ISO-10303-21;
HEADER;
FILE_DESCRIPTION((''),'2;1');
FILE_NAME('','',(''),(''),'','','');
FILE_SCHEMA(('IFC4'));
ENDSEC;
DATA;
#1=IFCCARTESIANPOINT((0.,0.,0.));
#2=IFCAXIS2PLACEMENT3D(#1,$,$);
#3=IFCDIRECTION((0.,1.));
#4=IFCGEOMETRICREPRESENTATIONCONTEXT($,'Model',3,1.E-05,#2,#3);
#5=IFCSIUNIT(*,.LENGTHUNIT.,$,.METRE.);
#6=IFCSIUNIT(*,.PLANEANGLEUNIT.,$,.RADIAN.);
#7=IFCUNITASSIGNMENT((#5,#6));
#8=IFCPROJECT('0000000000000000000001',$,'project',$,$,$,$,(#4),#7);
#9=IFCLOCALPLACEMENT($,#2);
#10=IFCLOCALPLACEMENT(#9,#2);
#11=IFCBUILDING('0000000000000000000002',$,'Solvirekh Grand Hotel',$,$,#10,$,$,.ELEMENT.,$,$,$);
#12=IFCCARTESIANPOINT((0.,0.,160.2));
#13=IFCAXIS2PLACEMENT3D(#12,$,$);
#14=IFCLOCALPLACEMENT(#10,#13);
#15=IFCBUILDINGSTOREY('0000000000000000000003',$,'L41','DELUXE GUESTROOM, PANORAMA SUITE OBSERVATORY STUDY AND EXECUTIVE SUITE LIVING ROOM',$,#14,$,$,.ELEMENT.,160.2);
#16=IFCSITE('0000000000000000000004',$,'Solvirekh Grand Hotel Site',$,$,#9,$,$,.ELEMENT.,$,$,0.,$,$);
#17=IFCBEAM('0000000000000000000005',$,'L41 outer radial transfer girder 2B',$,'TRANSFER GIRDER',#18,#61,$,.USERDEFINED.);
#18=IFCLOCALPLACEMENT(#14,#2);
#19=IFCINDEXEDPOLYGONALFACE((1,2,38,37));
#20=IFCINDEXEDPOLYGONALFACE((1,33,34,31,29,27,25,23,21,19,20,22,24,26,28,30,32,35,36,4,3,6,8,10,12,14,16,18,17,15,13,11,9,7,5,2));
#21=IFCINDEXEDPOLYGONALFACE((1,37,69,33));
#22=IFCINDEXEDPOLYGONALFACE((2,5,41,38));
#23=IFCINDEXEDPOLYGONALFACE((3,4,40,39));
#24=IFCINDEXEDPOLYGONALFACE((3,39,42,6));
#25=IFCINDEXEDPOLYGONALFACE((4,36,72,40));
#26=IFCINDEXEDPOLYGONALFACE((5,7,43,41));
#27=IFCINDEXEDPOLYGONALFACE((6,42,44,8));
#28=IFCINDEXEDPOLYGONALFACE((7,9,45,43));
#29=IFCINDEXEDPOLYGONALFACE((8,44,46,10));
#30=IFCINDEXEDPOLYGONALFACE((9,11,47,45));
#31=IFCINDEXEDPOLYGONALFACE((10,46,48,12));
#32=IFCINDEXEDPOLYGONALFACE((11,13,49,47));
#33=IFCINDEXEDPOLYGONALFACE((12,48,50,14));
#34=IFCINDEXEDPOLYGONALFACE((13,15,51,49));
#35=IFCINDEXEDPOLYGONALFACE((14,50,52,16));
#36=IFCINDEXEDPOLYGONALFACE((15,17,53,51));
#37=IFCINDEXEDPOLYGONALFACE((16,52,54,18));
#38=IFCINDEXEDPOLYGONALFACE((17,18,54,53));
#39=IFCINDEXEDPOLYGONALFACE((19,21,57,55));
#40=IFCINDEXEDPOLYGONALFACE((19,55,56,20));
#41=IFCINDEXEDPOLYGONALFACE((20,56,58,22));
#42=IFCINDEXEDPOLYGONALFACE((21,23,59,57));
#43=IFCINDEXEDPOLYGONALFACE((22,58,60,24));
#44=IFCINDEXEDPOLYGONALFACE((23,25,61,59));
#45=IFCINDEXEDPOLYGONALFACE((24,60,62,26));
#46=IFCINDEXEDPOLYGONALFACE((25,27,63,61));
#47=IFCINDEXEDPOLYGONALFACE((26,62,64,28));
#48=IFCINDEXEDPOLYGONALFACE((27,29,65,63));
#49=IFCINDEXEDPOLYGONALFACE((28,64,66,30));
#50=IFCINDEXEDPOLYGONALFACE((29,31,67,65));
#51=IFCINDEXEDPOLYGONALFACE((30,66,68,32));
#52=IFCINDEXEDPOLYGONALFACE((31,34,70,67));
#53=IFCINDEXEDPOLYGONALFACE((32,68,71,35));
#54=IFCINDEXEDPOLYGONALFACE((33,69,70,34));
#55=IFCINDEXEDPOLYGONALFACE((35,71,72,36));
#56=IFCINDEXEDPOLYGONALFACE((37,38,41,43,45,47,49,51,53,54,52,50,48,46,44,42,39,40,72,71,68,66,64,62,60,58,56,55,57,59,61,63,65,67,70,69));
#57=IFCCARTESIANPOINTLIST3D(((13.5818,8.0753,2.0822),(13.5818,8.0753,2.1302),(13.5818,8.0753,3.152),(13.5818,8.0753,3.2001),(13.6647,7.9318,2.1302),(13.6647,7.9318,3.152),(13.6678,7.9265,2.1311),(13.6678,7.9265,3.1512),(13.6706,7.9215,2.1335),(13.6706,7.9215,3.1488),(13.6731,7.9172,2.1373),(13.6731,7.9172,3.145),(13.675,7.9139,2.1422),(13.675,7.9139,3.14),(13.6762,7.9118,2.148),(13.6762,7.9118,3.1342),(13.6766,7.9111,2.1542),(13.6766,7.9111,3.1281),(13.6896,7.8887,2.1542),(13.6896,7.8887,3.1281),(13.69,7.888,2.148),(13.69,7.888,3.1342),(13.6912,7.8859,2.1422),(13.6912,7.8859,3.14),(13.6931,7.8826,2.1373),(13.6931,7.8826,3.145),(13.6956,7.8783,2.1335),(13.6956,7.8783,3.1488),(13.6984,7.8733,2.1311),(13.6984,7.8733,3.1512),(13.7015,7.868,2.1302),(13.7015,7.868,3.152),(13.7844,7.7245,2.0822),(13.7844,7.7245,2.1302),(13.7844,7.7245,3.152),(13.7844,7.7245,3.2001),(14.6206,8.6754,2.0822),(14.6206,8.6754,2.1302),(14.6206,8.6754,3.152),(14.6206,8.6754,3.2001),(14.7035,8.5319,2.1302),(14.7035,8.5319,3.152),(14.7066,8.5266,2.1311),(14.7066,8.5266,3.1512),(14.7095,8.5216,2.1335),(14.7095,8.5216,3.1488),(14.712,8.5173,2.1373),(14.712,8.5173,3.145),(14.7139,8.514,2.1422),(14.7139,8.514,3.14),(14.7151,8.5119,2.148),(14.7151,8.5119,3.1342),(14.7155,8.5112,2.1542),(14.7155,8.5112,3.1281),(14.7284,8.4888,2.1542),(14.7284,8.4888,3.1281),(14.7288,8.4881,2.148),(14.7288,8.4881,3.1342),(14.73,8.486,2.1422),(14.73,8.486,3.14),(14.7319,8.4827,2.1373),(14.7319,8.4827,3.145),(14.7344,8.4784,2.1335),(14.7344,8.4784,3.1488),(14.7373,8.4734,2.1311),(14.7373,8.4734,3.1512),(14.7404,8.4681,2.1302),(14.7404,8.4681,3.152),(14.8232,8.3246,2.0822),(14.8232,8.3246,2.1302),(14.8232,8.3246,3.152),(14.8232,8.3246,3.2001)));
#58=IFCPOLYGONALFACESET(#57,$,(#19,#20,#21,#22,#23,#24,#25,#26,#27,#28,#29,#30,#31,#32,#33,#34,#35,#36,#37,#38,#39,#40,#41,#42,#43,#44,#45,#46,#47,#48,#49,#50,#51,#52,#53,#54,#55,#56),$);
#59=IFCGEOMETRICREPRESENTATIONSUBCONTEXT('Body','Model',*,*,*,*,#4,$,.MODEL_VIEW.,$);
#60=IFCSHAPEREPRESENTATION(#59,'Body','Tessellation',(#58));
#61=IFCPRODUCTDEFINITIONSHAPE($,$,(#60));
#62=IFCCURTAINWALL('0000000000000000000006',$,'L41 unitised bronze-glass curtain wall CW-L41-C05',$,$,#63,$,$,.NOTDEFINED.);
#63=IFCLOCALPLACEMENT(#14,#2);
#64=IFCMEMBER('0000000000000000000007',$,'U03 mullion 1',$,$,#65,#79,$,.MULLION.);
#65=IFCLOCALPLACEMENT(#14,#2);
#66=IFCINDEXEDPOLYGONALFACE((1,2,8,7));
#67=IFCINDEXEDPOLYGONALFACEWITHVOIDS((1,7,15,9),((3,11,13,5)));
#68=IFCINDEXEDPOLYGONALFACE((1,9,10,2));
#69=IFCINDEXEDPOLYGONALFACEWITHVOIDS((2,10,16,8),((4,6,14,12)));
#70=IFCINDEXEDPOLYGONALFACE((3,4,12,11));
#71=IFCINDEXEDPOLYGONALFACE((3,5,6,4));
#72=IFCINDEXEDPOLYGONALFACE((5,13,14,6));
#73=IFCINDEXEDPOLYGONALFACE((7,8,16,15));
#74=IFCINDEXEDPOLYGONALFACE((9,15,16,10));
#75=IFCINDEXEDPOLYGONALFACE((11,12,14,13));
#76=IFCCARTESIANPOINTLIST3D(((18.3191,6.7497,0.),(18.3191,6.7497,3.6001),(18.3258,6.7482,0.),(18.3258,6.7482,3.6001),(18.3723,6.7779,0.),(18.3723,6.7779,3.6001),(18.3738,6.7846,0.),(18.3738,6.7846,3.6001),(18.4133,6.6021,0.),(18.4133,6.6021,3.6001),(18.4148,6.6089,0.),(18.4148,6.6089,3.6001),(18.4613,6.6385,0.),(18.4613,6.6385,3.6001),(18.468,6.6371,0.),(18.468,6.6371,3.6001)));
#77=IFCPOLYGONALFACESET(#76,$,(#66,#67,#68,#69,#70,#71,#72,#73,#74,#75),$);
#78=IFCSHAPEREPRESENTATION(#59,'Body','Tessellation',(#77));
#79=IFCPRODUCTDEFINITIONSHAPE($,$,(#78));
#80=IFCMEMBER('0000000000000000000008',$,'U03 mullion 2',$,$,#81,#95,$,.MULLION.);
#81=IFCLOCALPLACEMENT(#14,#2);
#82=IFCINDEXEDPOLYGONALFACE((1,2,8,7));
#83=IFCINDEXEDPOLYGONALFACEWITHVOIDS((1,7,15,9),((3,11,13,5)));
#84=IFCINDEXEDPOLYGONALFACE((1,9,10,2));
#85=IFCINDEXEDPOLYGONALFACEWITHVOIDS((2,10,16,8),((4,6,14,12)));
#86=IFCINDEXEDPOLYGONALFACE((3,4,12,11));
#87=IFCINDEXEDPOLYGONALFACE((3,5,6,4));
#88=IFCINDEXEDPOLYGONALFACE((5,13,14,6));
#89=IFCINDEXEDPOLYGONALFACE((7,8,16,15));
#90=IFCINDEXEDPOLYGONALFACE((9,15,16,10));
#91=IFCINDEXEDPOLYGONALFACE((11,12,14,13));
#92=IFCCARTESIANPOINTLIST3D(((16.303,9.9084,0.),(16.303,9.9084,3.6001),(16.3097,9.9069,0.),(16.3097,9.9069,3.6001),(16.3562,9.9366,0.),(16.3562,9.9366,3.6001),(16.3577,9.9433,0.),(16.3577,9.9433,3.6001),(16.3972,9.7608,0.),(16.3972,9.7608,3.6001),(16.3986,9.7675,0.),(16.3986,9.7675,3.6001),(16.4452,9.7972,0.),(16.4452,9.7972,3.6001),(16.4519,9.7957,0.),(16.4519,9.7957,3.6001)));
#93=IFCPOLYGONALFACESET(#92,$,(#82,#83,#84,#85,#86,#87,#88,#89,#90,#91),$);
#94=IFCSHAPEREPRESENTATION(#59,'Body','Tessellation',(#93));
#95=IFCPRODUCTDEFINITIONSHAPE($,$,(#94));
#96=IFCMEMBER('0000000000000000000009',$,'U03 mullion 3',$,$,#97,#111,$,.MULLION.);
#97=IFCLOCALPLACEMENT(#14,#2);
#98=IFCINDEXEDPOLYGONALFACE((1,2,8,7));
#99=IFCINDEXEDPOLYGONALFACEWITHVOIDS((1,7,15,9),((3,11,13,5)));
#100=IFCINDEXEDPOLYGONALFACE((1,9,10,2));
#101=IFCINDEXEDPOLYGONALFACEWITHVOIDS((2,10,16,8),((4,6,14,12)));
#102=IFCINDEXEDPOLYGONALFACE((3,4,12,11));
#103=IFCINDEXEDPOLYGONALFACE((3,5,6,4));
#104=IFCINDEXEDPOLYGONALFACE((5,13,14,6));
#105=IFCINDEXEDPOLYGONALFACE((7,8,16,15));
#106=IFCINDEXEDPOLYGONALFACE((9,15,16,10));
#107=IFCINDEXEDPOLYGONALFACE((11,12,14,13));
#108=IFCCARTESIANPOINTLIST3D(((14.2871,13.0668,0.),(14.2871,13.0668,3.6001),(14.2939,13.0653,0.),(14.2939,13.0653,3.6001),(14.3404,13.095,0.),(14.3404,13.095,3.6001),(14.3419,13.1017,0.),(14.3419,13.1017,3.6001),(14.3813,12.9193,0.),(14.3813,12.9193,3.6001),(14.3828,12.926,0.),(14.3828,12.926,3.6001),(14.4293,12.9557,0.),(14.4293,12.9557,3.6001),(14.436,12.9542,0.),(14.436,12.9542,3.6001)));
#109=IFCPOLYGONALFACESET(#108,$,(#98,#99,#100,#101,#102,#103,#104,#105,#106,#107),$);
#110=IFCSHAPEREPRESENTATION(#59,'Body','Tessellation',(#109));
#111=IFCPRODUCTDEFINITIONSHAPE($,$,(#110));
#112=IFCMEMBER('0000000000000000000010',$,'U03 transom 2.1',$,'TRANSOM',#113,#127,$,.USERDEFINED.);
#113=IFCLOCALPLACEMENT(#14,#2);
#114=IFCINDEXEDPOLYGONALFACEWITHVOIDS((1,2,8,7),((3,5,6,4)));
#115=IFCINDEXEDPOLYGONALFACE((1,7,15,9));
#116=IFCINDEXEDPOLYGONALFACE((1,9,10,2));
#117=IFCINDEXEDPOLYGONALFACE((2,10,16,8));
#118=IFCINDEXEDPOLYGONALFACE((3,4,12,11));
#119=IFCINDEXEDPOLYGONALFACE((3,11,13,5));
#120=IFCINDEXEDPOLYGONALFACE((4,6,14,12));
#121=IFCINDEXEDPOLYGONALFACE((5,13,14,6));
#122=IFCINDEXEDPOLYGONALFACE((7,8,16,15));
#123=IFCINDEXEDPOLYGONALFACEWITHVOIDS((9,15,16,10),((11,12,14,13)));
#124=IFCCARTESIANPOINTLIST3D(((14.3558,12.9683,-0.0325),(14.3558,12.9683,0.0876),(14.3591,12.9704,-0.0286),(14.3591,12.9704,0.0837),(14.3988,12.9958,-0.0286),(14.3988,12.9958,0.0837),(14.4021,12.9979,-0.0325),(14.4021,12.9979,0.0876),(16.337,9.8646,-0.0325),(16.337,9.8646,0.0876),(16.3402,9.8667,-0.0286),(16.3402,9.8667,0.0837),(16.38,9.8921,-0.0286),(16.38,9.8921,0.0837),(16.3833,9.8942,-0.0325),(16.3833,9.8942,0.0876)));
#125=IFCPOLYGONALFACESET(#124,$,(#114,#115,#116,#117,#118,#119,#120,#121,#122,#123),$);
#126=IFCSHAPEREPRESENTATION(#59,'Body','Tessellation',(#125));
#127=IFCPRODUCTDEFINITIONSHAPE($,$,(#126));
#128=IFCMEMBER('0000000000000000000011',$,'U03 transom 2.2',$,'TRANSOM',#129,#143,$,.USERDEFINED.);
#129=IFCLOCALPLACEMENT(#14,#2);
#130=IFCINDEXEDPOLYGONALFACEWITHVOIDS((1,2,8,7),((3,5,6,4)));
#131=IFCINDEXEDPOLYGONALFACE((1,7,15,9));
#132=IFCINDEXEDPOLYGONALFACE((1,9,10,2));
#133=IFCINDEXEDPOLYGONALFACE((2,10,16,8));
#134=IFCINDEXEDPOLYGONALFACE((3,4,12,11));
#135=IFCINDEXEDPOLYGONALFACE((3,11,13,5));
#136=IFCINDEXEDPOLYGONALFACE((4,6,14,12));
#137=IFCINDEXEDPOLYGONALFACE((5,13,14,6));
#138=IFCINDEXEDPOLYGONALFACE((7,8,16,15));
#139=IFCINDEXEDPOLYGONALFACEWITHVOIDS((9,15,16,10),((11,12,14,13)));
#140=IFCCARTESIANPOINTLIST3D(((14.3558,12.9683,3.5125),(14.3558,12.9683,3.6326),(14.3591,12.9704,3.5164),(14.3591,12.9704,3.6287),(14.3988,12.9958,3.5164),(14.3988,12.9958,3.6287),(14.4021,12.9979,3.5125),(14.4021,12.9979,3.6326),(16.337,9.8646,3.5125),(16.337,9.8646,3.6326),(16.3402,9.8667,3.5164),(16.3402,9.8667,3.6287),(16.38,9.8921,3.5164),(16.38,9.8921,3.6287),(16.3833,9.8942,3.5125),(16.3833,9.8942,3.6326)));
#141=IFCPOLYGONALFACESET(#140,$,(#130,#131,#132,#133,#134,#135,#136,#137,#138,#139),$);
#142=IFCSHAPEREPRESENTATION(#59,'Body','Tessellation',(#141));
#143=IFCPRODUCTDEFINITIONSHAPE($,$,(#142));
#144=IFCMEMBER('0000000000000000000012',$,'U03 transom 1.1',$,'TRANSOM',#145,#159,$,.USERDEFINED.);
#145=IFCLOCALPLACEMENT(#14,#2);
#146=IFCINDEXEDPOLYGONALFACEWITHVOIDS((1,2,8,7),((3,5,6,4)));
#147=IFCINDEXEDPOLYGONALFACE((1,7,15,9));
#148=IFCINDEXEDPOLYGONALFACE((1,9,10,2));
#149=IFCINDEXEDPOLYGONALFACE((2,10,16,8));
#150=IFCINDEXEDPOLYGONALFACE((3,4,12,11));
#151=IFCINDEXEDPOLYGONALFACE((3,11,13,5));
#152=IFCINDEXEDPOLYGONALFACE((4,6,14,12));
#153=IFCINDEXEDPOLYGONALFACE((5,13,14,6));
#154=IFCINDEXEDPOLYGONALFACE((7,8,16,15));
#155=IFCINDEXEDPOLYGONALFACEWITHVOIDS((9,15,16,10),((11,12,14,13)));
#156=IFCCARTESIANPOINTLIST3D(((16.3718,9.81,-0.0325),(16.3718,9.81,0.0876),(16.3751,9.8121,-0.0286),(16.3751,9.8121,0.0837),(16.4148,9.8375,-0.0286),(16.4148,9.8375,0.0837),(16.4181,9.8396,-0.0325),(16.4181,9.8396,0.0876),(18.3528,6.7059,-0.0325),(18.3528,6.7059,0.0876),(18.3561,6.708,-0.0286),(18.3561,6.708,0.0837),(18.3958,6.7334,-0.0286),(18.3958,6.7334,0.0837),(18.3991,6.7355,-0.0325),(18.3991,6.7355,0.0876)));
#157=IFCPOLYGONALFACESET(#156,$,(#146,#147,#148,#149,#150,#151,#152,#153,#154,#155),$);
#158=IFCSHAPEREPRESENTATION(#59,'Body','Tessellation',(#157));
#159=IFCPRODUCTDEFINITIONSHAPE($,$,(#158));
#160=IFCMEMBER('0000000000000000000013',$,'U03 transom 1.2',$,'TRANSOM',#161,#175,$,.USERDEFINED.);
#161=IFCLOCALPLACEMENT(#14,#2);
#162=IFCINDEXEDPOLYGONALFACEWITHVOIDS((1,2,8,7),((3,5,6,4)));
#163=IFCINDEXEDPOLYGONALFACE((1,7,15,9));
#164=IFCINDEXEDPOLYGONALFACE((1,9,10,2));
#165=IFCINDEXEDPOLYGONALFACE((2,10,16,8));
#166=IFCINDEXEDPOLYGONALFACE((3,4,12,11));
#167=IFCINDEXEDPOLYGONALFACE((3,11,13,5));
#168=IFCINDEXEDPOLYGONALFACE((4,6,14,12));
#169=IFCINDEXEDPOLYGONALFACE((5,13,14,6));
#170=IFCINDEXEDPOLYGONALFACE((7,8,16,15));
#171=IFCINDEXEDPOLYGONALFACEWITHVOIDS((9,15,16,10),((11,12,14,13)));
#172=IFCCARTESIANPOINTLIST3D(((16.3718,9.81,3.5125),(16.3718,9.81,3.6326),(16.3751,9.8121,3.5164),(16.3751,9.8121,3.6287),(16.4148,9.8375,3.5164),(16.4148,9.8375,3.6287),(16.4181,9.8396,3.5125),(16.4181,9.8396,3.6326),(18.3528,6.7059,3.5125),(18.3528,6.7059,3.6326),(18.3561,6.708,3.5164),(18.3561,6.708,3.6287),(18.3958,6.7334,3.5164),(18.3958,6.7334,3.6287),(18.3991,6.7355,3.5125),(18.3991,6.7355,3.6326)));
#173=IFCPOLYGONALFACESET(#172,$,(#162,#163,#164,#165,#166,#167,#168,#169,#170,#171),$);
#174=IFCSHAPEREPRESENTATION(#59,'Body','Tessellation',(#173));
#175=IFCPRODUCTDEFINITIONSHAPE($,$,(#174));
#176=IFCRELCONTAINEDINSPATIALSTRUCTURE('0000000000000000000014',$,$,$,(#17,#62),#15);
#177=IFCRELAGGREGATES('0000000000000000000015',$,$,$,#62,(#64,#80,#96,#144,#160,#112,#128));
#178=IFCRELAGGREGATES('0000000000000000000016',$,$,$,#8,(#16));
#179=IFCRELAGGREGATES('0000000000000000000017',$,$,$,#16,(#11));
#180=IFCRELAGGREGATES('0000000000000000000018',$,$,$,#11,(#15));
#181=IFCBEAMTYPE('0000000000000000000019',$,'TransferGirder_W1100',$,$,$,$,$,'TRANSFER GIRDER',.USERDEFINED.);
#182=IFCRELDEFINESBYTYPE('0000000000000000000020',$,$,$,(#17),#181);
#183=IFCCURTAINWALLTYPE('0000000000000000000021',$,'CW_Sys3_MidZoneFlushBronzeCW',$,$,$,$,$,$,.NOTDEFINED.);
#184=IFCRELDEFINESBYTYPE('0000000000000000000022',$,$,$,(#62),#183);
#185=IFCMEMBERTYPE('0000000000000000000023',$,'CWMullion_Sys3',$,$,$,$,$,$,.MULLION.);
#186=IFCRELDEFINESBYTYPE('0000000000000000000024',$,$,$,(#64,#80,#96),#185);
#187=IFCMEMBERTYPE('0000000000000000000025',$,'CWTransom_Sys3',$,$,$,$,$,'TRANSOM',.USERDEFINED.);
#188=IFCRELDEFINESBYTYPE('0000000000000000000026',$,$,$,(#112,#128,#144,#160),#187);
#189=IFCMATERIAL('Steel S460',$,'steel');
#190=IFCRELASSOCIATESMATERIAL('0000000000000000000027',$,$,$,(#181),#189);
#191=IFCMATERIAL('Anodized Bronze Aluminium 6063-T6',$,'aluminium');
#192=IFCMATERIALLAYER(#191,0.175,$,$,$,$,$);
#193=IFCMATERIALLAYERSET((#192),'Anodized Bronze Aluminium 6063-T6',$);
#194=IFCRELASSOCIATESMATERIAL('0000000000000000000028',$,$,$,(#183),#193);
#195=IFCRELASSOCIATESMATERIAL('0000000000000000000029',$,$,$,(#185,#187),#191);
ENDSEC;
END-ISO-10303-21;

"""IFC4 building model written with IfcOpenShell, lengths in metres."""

from ifc_helpers import new_model, si_unit, direction, frame, origin, origin_2d, place, context, subcontext, project, spatial, hollow_rectangle, i_section, extrude, source, transform, mapped, material, layer, layer_set, material_profile, profile_set, type_object, element, aggregate, save


model = new_model("IFC4")

# Units and contexts
model_context = context("Model", 3, precision=1e-05, world=origin(), true_north=direction((0.0, 1.0)))
body_context = subcontext(model_context, "Body", "Model", "MODEL_VIEW")
ifc_project = project(units=[si_unit("LENGTHUNIT", "METRE"), si_unit("PLANEANGLEUNIT", "RADIAN")], contexts=[model_context])

# Site, building, storey
site_placement = place(None, origin())
site = spatial("IfcSite", under=ifc_project, at=site_placement, Name="Solvirekh Grand Hotel Site", CompositionType="ELEMENT", RefElevation=0.0)
building_placement = place(site_placement, origin())
building = spatial("IfcBuilding", under=site, at=building_placement, Name="Solvirekh Grand Hotel", CompositionType="ELEMENT")
storey_placement = place(building_placement, frame((0.0, 0.0, 160.2)))
storey = spatial("IfcBuildingStorey", under=building, at=storey_placement, Name="L41", Description="DELUXE GUESTROOM, PANORAMA SUITE OBSERVATORY STUDY AND EXECUTIVE SUITE LIVING ROOM", CompositionType="ELEMENT", Elevation=160.2)

# Beam
ifc_material_1 = material(Name="Steel S460", Category="steel")
ifc_material_profile_1 = material_profile(ifc_material_1, i_section(OverallWidth=0.405, OverallDepth=1.1179, WebThickness=0.0259, FlangeThickness=0.0481, FilletRadius=0.0239, at=origin_2d()), Name="W1100X499")
ifc_profile_set_1 = profile_set([ifc_material_profile_1], Name="Steel S460")
beam_type_1 = type_object("IfcBeamType", Name="TransferGirder_W1100", ElementType="TRANSFER GIRDER", PredefinedType="USERDEFINED", material=ifc_profile_set_1)
beam_1_placement = place(storey_placement, frame((13.6831, 7.8999, 2.6411), z_axis=(0.865904, 0.50021, 0.0), x_axis=(-0.50021, 0.865904, 0.0)))
element("IfcBeam", 1, at=beam_1_placement, inside=storey, type_object=beam_type_1, Name="L41 outer radial transfer girder 2B", ObjectType="TRANSFER GIRDER", PredefinedType="USERDEFINED", context=body_context, shape_type="SweptSolid", body=[
    extrude(i_section(OverallWidth=0.405, OverallDepth=1.1179, WebThickness=0.0259, FlangeThickness=0.0481, FilletRadius=0.0239, at=origin_2d()), origin(), (0.0, 0.0, 1.0), 1.1997),
])

# Curtain wall, members
ifc_material_2 = material(Name="Anodized Bronze Aluminium 6063-T6", Category="aluminium")
ifc_layer_1 = layer(ifc_material_2, 0.175)
ifc_layer_set_1 = layer_set([ifc_layer_1], Name="Anodized Bronze Aluminium 6063-T6")
curtain_wall_type = type_object("IfcCurtainWallType", Name="CW_Sys3_MidZoneFlushBronzeCW", PredefinedType="NOTDEFINED", material=ifc_layer_set_1)
curtain_wall_placement = place(storey_placement, origin())
curtain_wall = element("IfcCurtainWall", 2, at=curtain_wall_placement, inside=storey, type_object=curtain_wall_type, Name="L41 unitised bronze-glass curtain wall CW-L41-C05", PredefinedType="NOTDEFINED")
ifc_material_profile_2 = material_profile(ifc_material_2, hollow_rectangle(XDim=0.0649, YDim=0.175, WallThickness=0.0049, at=origin_2d()), Name="ALU RHS 175X65X5")
ifc_profile_set_2 = profile_set([ifc_material_profile_2], Name="Anodized Bronze Aluminium 6063-T6")
member_type_1 = type_object("IfcMemberType", Name="CWMullion_Sys3", PredefinedType="MULLION", material=ifc_profile_set_2)
shared_shape_1 = source(origin(), body_context, "Body", "SweptSolid", [
    extrude(hollow_rectangle(XDim=0.0649, YDim=0.175, WallThickness=0.0049, at=origin_2d()), origin(), (0.0, 0.0, 1.0), 3.6001),
])
member_1_placement = place(storey_placement, frame((18.3936, 6.6934, 0.0), z_axis=(0.0, 0.0, 1.0), x_axis=(-0.842936, -0.538013, 0.0)))
member_1 = element("IfcMember", 3, at=member_1_placement, type_object=member_type_1, Name="U03 mullion 1", PredefinedType="MULLION", context=body_context, shape_type="MappedRepresentation", body=[
    mapped(shared_shape_1, transform((0.0, 0.0, 0.0), x_axis=(1.0, 0.0, 0.0), y_axis=(0.0, 1.0, 0.0), z_axis=(0.0, 0.0, 1.0), scale=1.0)),
])
member_2_placement = place(storey_placement, frame((16.3774, 9.8521, 0.0), z_axis=(0.0, 0.0, 1.0), x_axis=(-0.842936, -0.538013, 0.0)))
member_2 = element("IfcMember", 4, at=member_2_placement, type_object=member_type_1, Name="U03 mullion 2", PredefinedType="MULLION", context=body_context, shape_type="MappedRepresentation", body=[
    mapped(shared_shape_1, transform((0.0, 0.0, 0.0), x_axis=(1.0, 0.0, 0.0), y_axis=(0.0, 1.0, 0.0), z_axis=(0.0, 0.0, 1.0), scale=1.0)),
])
member_3_placement = place(storey_placement, frame((14.3616, 13.0105, 0.0), z_axis=(0.0, 0.0, 1.0), x_axis=(-0.842936, -0.538013, 0.0)))
member_3 = element("IfcMember", 5, at=member_3_placement, type_object=member_type_1, Name="U03 mullion 3", PredefinedType="MULLION", context=body_context, shape_type="MappedRepresentation", body=[
    mapped(shared_shape_1, transform((0.0, 0.0, 0.0), x_axis=(1.0, 0.0, 0.0), y_axis=(0.0, 1.0, 0.0), z_axis=(0.0, 0.0, 1.0), scale=1.0)),
])
ifc_material_profile_3 = material_profile(ifc_material_2, hollow_rectangle(XDim=0.0549, YDim=0.1201, WallThickness=0.0039, at=origin_2d()), Name="ALU RHS 120X55X4")
ifc_profile_set_3 = profile_set([ifc_material_profile_3], Name="Anodized Bronze Aluminium 6063-T6")
member_type_2 = type_object("IfcMemberType", Name="CWTransom_Sys3", ElementType="TRANSOM", PredefinedType="USERDEFINED", material=ifc_profile_set_3)
shared_shape_2 = source(origin(), body_context, "Body", "SweptSolid", [
    extrude(hollow_rectangle(XDim=0.0549, YDim=0.1201, WallThickness=0.0039, at=origin_2d()), origin(), (0.0, 0.0, 1.0), 3.6821),
])
member_4_placement = place(storey_placement, frame((16.3601, 9.8794, 0.0276), z_axis=(-0.53805, 0.842913, 0.0), x_axis=(-0.842913, -0.53805, 0.0)))
member_4 = element("IfcMember", 6, at=member_4_placement, type_object=member_type_2, Name="U03 transom 2.1", ObjectType="TRANSOM", PredefinedType="USERDEFINED", context=body_context, shape_type="MappedRepresentation", body=[
    mapped(shared_shape_2, transform((0.0, 0.0, 0.0), x_axis=(1.0, 0.0, 0.0), y_axis=(0.0, 1.0, 0.0), z_axis=(0.0, 0.0, 1.0), scale=1.0)),
])
member_5_placement = place(storey_placement, frame((16.3601, 9.8794, 3.5725), z_axis=(-0.53805, 0.842913, 0.0), x_axis=(-0.842913, -0.53805, 0.0)))
member_5 = element("IfcMember", 7, at=member_5_placement, type_object=member_type_2, Name="U03 transom 2.2", ObjectType="TRANSOM", PredefinedType="USERDEFINED", context=body_context, shape_type="MappedRepresentation", body=[
    mapped(shared_shape_2, transform((0.0, 0.0, 0.0), x_axis=(1.0, 0.0, 0.0), y_axis=(0.0, 1.0, 0.0), z_axis=(0.0, 0.0, 1.0), scale=1.0)),
])
shared_shape_3 = source(origin(), body_context, "Body", "SweptSolid", [
    extrude(hollow_rectangle(XDim=0.0549, YDim=0.1201, WallThickness=0.0039, at=origin_2d()), origin(), (0.0, 0.0, 1.0), 3.6824),
])
member_6_placement = place(storey_placement, frame((18.376, 6.7207, 0.0276), z_axis=(-0.537973, 0.842962, 0.0), x_axis=(-0.842962, -0.537973, 0.0)))
member_6 = element("IfcMember", 8, at=member_6_placement, type_object=member_type_2, Name="U03 transom 1.1", ObjectType="TRANSOM", PredefinedType="USERDEFINED", context=body_context, shape_type="MappedRepresentation", body=[
    mapped(shared_shape_3, transform((0.0, 0.0, 0.0), x_axis=(1.0, 0.0, 0.0), y_axis=(0.0, 1.0, 0.0), z_axis=(0.0, 0.0, 1.0), scale=1.0)),
])
member_7_placement = place(storey_placement, frame((18.376, 6.7207, 3.5725), z_axis=(-0.537973, 0.842962, 0.0), x_axis=(-0.842962, -0.537973, 0.0)))
member_7 = element("IfcMember", 9, at=member_7_placement, type_object=member_type_2, Name="U03 transom 1.2", ObjectType="TRANSOM", PredefinedType="USERDEFINED", context=body_context, shape_type="MappedRepresentation", body=[
    mapped(shared_shape_3, transform((0.0, 0.0, 0.0), x_axis=(1.0, 0.0, 0.0), y_axis=(0.0, 1.0, 0.0), z_axis=(0.0, 0.0, 1.0), scale=1.0)),
])
aggregate(curtain_wall, [member_1, member_2, member_3, member_6, member_7, member_4, member_5])

save(model, "model.ifc")
